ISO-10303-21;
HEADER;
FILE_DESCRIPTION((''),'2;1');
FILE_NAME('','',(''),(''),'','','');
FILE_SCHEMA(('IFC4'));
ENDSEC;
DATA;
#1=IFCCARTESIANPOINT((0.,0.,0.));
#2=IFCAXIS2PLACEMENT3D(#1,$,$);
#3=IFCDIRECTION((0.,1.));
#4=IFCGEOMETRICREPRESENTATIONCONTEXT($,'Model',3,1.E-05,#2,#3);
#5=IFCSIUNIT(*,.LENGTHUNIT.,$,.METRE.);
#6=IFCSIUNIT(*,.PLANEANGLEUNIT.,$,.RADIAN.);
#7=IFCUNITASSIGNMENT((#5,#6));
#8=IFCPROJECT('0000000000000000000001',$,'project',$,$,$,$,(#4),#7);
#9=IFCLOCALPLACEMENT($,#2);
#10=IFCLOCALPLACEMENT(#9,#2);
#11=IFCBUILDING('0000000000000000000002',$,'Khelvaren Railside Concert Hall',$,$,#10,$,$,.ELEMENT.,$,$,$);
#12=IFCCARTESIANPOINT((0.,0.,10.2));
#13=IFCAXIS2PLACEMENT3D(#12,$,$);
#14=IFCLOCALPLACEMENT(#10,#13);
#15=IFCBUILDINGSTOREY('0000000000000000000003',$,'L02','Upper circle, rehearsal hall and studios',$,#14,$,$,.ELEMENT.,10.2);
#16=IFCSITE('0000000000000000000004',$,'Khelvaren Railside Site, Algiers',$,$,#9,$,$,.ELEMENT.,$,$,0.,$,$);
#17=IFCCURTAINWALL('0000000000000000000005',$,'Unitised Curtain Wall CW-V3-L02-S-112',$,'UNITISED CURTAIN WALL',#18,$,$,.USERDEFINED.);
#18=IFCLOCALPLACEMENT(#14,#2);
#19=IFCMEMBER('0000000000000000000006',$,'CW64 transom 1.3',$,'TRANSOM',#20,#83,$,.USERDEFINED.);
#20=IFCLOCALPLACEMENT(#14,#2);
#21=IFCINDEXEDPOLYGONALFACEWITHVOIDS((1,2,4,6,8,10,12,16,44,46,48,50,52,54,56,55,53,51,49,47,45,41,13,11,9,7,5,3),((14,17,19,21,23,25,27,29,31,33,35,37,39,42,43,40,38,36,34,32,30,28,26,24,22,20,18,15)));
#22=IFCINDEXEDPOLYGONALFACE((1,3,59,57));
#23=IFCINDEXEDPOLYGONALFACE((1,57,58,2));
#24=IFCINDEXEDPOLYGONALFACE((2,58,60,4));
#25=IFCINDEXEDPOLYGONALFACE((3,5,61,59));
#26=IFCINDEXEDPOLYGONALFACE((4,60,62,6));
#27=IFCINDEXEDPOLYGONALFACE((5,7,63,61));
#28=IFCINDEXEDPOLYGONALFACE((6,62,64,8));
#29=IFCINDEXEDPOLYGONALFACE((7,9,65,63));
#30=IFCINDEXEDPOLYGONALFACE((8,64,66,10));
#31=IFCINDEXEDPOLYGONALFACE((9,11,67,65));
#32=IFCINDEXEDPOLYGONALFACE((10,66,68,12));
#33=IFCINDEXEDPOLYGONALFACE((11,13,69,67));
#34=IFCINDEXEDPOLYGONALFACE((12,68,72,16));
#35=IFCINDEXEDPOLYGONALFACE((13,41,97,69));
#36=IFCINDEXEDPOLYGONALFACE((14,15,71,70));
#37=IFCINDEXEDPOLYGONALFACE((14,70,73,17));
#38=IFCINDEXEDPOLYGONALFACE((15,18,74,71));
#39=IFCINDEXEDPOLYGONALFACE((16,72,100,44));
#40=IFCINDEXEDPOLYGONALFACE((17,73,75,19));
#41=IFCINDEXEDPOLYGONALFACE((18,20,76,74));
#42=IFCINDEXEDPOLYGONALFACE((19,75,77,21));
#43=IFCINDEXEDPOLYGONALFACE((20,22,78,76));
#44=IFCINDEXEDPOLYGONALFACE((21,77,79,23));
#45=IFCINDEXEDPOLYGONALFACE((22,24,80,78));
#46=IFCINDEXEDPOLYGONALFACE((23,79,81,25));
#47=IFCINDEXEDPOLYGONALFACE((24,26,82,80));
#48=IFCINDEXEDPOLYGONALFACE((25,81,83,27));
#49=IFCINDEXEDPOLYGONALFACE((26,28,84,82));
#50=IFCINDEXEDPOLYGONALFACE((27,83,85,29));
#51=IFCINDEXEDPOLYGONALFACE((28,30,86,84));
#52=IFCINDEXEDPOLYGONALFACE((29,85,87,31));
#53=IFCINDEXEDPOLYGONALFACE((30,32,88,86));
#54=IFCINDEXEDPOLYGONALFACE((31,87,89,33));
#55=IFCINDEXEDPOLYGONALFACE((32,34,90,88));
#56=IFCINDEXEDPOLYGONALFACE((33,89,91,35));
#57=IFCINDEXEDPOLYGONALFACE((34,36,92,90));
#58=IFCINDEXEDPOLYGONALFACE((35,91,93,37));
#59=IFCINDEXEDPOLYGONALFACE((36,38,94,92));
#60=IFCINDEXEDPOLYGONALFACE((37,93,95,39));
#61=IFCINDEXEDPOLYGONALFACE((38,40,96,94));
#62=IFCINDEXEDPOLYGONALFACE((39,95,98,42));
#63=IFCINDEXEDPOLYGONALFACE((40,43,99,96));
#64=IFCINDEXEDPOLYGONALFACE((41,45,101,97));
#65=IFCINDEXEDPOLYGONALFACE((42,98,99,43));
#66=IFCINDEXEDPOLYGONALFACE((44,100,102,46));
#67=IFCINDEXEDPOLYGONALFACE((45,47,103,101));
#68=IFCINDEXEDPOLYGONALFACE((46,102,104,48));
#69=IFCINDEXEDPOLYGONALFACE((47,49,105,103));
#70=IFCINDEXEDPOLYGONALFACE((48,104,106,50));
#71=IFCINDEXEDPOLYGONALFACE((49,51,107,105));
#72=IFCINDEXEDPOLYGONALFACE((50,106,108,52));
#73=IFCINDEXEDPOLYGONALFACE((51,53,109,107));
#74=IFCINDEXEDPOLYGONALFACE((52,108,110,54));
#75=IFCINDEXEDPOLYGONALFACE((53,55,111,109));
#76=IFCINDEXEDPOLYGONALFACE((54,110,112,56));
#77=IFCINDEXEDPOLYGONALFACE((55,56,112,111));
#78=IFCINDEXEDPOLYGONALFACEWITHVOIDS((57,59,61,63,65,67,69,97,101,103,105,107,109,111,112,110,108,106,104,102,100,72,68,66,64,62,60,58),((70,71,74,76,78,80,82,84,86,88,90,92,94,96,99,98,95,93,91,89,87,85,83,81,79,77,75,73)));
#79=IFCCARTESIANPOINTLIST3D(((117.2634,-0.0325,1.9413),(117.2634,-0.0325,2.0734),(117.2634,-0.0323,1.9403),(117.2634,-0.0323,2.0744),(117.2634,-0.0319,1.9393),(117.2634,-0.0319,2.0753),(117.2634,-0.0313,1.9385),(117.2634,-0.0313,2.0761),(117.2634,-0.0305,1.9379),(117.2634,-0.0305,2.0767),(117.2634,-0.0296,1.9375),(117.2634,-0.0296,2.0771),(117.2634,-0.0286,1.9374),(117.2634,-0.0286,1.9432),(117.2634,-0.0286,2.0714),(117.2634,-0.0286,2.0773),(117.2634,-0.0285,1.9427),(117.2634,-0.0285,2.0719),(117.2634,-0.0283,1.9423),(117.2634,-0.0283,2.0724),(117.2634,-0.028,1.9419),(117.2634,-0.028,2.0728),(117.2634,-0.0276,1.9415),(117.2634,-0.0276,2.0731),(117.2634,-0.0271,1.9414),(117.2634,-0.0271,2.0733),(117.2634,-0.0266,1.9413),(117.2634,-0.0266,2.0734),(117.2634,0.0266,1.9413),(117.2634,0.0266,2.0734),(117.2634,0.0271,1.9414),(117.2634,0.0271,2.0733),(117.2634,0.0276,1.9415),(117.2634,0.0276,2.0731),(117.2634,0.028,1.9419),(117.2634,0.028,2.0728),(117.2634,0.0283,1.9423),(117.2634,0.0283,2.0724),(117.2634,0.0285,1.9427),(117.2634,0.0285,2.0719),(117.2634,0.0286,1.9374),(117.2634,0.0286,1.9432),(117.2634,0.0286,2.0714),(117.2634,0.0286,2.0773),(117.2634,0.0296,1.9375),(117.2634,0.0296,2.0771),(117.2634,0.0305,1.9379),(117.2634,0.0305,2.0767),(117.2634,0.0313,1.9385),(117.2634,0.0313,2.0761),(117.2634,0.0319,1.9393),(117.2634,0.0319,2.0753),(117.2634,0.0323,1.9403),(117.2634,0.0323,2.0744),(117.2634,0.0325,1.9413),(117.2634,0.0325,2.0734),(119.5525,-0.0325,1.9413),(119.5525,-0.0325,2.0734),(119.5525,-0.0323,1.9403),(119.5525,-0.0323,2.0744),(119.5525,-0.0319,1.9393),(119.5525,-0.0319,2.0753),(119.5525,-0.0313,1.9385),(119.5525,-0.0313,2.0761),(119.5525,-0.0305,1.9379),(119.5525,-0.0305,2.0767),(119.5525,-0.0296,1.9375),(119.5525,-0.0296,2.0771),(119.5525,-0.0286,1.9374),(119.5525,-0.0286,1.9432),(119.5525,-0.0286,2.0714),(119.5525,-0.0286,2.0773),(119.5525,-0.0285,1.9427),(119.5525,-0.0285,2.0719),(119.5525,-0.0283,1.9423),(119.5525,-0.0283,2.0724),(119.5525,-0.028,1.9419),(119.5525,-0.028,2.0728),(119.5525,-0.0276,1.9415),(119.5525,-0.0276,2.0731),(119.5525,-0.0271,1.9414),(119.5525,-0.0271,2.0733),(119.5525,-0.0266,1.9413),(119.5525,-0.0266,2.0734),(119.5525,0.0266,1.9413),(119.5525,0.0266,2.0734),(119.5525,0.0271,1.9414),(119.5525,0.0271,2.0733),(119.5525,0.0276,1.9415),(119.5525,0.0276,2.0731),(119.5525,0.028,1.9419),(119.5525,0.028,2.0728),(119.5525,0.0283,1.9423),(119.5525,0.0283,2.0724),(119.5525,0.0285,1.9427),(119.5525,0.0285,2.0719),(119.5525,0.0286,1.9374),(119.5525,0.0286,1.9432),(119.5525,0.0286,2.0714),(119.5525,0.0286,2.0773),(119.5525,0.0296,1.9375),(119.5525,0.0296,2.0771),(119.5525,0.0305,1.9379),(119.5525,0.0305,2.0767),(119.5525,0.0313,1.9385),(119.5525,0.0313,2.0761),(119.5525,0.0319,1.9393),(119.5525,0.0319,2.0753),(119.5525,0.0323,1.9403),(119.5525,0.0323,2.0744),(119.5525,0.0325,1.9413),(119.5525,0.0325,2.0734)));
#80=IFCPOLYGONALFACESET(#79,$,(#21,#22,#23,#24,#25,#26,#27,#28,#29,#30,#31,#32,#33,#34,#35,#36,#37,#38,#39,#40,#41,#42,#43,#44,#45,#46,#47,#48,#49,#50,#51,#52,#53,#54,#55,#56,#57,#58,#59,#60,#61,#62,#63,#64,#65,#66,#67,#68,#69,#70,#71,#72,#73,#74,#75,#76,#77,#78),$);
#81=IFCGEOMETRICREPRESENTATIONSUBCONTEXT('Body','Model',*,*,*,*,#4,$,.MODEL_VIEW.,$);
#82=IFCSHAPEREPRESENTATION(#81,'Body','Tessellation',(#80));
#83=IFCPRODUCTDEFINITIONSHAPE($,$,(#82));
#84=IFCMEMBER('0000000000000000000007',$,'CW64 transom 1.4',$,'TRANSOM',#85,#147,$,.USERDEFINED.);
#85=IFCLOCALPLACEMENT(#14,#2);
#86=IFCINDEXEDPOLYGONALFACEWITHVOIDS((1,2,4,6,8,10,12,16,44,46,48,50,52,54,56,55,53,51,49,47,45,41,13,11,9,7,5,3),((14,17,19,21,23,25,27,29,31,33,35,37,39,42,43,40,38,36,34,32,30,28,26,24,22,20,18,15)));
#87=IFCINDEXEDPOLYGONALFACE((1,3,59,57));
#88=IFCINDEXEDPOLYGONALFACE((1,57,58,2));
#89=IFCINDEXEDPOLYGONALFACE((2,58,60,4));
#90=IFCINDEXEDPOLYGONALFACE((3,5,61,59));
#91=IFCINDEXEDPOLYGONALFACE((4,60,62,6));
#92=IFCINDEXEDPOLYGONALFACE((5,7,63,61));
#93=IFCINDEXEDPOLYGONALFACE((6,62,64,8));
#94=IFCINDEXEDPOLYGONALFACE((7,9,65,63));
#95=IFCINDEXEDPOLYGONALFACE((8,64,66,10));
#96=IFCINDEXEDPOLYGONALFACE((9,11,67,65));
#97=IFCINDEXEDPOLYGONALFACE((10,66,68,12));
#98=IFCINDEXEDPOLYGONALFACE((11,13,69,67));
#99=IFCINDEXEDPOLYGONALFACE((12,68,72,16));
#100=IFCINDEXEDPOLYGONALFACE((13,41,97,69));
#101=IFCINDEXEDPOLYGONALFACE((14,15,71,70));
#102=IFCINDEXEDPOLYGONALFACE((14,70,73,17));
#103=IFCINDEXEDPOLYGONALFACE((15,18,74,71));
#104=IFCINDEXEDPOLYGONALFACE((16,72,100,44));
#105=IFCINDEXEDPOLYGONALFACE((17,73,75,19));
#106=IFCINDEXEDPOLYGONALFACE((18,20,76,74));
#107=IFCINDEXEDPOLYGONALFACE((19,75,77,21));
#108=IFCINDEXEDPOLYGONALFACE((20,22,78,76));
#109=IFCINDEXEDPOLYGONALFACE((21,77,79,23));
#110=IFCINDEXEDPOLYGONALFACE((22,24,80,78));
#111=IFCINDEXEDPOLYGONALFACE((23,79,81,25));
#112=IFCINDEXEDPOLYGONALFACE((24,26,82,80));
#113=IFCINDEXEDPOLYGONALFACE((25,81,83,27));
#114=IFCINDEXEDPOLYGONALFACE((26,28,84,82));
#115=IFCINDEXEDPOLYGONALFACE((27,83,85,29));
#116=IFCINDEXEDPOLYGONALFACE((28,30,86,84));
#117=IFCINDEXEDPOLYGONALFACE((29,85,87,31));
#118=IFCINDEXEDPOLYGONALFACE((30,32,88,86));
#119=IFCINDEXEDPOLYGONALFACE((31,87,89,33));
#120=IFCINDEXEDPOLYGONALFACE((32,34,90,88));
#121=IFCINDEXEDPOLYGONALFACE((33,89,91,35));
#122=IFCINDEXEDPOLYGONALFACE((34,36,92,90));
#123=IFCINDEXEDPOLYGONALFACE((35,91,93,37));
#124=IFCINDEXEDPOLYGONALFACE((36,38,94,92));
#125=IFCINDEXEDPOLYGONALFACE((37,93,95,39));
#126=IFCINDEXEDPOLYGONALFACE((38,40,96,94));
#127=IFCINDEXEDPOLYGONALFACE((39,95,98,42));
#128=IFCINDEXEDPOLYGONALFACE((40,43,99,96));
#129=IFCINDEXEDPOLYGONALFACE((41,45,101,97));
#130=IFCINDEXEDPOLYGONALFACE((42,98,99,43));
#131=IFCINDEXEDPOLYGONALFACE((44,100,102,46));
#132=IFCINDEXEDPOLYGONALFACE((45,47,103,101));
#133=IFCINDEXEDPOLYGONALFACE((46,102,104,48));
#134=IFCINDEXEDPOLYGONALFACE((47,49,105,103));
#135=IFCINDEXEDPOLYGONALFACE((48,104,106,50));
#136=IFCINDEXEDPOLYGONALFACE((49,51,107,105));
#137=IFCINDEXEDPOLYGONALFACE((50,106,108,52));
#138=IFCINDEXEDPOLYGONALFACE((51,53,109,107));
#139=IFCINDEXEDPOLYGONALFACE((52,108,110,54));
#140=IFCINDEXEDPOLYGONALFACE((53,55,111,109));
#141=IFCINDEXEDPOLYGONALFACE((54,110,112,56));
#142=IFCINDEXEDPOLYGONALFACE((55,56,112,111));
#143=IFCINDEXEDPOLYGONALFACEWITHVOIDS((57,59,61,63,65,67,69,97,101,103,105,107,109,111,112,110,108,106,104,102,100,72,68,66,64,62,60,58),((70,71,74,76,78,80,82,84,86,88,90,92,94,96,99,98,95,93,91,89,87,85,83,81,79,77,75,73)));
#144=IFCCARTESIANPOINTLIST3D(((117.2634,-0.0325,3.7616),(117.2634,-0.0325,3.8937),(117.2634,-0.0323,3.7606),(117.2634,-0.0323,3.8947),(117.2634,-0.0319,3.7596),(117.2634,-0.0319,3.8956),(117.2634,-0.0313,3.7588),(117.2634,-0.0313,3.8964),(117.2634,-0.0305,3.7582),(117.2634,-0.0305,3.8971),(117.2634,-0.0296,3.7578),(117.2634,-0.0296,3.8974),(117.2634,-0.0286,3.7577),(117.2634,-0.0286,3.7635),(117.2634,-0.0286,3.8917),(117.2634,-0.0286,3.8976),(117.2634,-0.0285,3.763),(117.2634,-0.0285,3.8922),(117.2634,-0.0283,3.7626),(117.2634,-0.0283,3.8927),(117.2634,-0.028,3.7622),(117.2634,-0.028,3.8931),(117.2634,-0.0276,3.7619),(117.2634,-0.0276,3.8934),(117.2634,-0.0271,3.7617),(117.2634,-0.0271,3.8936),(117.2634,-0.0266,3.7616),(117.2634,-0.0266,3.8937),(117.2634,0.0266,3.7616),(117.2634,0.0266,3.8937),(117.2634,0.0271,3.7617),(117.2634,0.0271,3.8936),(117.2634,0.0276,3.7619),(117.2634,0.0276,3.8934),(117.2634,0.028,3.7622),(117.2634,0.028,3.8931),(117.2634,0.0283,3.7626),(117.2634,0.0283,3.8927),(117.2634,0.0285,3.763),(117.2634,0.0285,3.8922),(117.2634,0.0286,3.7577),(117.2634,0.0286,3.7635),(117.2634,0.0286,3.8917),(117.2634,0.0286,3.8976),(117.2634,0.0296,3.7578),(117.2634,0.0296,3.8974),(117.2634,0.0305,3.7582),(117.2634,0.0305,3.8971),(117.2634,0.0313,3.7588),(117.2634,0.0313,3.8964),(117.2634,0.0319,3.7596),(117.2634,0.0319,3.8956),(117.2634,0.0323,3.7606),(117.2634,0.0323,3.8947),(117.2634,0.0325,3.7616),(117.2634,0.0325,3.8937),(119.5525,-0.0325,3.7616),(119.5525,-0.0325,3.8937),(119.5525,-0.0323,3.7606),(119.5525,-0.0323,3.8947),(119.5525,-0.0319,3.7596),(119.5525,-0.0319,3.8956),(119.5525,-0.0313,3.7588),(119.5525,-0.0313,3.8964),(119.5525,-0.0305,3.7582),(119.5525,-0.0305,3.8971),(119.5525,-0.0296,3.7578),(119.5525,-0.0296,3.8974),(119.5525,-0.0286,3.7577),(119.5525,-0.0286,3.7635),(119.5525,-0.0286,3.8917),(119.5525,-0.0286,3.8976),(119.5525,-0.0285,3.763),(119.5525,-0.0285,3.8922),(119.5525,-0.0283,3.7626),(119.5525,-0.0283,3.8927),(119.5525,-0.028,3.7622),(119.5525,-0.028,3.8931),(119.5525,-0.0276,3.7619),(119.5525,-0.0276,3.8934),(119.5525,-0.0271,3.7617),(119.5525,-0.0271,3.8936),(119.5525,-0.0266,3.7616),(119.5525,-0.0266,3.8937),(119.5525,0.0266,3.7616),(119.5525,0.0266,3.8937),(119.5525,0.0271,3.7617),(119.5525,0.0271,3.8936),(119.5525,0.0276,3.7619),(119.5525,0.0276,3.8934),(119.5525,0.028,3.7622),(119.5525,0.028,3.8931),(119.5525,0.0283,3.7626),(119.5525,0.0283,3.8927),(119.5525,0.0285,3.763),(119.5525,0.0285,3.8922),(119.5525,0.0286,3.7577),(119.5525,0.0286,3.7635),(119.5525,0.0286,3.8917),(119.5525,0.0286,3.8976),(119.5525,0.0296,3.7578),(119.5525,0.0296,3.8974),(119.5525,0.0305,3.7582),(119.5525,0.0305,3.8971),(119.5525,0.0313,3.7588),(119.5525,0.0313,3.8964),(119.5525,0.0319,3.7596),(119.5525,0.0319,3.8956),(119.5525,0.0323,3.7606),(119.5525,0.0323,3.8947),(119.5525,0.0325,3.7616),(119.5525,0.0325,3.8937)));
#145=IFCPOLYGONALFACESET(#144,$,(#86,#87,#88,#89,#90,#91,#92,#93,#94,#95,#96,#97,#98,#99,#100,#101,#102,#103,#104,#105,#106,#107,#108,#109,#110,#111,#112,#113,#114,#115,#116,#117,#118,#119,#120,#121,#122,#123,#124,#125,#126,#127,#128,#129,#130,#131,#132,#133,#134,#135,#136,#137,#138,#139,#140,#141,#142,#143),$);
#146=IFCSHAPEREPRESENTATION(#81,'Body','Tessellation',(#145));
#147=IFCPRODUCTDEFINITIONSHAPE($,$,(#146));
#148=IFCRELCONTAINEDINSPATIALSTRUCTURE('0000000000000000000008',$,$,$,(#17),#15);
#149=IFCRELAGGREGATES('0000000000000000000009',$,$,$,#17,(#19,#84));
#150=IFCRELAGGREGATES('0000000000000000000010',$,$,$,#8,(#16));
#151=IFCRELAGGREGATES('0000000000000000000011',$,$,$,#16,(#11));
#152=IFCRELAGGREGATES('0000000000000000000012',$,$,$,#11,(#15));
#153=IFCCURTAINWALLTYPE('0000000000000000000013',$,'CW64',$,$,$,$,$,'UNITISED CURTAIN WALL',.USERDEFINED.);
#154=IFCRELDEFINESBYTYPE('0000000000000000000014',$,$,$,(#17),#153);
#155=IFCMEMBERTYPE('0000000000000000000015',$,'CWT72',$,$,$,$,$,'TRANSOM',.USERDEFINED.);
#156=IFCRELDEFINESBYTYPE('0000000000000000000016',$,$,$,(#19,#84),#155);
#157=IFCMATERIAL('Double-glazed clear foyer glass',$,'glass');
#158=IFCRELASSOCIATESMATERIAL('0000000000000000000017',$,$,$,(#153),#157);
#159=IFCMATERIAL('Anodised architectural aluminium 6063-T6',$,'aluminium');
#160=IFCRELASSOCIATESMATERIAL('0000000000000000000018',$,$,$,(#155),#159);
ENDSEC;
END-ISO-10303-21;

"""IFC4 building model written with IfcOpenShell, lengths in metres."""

from ifc_helpers import new_model, si_unit, direction, frame, origin, origin_2d, place, context, subcontext, project, spatial, hollow_rectangle, extrude, material, material_profile, profile_set, type_object, element, aggregate, save


model = new_model("IFC4")

# Units and contexts
model_context = context("Model", 3, precision=1e-05, world=origin(), true_north=direction((0.0, 1.0)))
body_context = subcontext(model_context, "Body", "Model", "MODEL_VIEW")
ifc_project = project(units=[si_unit("LENGTHUNIT", "METRE"), si_unit("PLANEANGLEUNIT", "RADIAN")], contexts=[model_context])

# Site, building, storey
site_placement = place(None, origin())
site = spatial("IfcSite", under=ifc_project, at=site_placement, Name="Khelvaren Railside Site, Algiers", CompositionType="ELEMENT", RefElevation=0.0)
building_placement = place(site_placement, origin())
building = spatial("IfcBuilding", under=site, at=building_placement, Name="Khelvaren Railside Concert Hall", CompositionType="ELEMENT")
storey_placement = place(building_placement, frame((0.0, 0.0, 10.2)))
storey = spatial("IfcBuildingStorey", under=building, at=storey_placement, Name="L02", Description="Upper circle, rehearsal hall and studios", CompositionType="ELEMENT", Elevation=10.2)

# Curtain wall, members
ifc_material_1 = material(Name="Double-glazed clear foyer glass", Category="glass")
curtain_wall_type = type_object("IfcCurtainWallType", Name="CW64", ElementType="UNITISED CURTAIN WALL", PredefinedType="USERDEFINED", material=ifc_material_1)
curtain_wall_placement = place(storey_placement, origin())
curtain_wall = element("IfcCurtainWall", 1, at=curtain_wall_placement, inside=storey, type_object=curtain_wall_type, Name="Unitised Curtain Wall CW-V3-L02-S-112", ObjectType="UNITISED CURTAIN WALL", PredefinedType="USERDEFINED")
ifc_material_2 = material(Name="Anodised architectural aluminium 6063-T6", Category="aluminium")
ifc_material_profile_1 = material_profile(ifc_material_2, hollow_rectangle(XDim=0.0649, YDim=0.1399, WallThickness=0.0039, InnerFilletRadius=0.002, OuterFilletRadius=0.0039, at=origin_2d()), Name="CWT 65x140x4")
ifc_profile_set_1 = profile_set([ifc_material_profile_1], Name="Anodised architectural aluminium 6063-T6")
member_type_1 = type_object("IfcMemberType", Name="CWT72", ElementType="TRANSOM", PredefinedType="USERDEFINED", material=ifc_profile_set_1)
member_1_placement = place(storey_placement, frame((119.5525, 0.0, 2.0073), z_axis=(-1.0, 0.0, 0.0), x_axis=(0.0, -1.0, 0.0)))
member_1 = element("IfcMember", 2, at=member_1_placement, type_object=member_type_1, Name="CW64 transom 1.3", ObjectType="TRANSOM", PredefinedType="USERDEFINED", context=body_context, shape_type="SweptSolid", body=[
    extrude(hollow_rectangle(XDim=0.0649, YDim=0.1399, WallThickness=0.0039, InnerFilletRadius=0.002, OuterFilletRadius=0.0039, at=origin_2d()), origin(), (0.0, 0.0, 1.0), 2.2891),
])
member_2_placement = place(storey_placement, frame((119.5525, 0.0, 3.8276), z_axis=(-1.0, 0.0, 0.0), x_axis=(0.0, -1.0, 0.0)))
member_2 = element("IfcMember", 3, at=member_2_placement, type_object=member_type_1, Name="CW64 transom 1.4", ObjectType="TRANSOM", PredefinedType="USERDEFINED", context=body_context, shape_type="SweptSolid", body=[
    extrude(hollow_rectangle(XDim=0.0649, YDim=0.1399, WallThickness=0.0039, InnerFilletRadius=0.002, OuterFilletRadius=0.0039, at=origin_2d()), origin(), (0.0, 0.0, 1.0), 2.2891),
])

aggregate(curtain_wall, [member_1, member_2])

save(model, "model.ifc")
